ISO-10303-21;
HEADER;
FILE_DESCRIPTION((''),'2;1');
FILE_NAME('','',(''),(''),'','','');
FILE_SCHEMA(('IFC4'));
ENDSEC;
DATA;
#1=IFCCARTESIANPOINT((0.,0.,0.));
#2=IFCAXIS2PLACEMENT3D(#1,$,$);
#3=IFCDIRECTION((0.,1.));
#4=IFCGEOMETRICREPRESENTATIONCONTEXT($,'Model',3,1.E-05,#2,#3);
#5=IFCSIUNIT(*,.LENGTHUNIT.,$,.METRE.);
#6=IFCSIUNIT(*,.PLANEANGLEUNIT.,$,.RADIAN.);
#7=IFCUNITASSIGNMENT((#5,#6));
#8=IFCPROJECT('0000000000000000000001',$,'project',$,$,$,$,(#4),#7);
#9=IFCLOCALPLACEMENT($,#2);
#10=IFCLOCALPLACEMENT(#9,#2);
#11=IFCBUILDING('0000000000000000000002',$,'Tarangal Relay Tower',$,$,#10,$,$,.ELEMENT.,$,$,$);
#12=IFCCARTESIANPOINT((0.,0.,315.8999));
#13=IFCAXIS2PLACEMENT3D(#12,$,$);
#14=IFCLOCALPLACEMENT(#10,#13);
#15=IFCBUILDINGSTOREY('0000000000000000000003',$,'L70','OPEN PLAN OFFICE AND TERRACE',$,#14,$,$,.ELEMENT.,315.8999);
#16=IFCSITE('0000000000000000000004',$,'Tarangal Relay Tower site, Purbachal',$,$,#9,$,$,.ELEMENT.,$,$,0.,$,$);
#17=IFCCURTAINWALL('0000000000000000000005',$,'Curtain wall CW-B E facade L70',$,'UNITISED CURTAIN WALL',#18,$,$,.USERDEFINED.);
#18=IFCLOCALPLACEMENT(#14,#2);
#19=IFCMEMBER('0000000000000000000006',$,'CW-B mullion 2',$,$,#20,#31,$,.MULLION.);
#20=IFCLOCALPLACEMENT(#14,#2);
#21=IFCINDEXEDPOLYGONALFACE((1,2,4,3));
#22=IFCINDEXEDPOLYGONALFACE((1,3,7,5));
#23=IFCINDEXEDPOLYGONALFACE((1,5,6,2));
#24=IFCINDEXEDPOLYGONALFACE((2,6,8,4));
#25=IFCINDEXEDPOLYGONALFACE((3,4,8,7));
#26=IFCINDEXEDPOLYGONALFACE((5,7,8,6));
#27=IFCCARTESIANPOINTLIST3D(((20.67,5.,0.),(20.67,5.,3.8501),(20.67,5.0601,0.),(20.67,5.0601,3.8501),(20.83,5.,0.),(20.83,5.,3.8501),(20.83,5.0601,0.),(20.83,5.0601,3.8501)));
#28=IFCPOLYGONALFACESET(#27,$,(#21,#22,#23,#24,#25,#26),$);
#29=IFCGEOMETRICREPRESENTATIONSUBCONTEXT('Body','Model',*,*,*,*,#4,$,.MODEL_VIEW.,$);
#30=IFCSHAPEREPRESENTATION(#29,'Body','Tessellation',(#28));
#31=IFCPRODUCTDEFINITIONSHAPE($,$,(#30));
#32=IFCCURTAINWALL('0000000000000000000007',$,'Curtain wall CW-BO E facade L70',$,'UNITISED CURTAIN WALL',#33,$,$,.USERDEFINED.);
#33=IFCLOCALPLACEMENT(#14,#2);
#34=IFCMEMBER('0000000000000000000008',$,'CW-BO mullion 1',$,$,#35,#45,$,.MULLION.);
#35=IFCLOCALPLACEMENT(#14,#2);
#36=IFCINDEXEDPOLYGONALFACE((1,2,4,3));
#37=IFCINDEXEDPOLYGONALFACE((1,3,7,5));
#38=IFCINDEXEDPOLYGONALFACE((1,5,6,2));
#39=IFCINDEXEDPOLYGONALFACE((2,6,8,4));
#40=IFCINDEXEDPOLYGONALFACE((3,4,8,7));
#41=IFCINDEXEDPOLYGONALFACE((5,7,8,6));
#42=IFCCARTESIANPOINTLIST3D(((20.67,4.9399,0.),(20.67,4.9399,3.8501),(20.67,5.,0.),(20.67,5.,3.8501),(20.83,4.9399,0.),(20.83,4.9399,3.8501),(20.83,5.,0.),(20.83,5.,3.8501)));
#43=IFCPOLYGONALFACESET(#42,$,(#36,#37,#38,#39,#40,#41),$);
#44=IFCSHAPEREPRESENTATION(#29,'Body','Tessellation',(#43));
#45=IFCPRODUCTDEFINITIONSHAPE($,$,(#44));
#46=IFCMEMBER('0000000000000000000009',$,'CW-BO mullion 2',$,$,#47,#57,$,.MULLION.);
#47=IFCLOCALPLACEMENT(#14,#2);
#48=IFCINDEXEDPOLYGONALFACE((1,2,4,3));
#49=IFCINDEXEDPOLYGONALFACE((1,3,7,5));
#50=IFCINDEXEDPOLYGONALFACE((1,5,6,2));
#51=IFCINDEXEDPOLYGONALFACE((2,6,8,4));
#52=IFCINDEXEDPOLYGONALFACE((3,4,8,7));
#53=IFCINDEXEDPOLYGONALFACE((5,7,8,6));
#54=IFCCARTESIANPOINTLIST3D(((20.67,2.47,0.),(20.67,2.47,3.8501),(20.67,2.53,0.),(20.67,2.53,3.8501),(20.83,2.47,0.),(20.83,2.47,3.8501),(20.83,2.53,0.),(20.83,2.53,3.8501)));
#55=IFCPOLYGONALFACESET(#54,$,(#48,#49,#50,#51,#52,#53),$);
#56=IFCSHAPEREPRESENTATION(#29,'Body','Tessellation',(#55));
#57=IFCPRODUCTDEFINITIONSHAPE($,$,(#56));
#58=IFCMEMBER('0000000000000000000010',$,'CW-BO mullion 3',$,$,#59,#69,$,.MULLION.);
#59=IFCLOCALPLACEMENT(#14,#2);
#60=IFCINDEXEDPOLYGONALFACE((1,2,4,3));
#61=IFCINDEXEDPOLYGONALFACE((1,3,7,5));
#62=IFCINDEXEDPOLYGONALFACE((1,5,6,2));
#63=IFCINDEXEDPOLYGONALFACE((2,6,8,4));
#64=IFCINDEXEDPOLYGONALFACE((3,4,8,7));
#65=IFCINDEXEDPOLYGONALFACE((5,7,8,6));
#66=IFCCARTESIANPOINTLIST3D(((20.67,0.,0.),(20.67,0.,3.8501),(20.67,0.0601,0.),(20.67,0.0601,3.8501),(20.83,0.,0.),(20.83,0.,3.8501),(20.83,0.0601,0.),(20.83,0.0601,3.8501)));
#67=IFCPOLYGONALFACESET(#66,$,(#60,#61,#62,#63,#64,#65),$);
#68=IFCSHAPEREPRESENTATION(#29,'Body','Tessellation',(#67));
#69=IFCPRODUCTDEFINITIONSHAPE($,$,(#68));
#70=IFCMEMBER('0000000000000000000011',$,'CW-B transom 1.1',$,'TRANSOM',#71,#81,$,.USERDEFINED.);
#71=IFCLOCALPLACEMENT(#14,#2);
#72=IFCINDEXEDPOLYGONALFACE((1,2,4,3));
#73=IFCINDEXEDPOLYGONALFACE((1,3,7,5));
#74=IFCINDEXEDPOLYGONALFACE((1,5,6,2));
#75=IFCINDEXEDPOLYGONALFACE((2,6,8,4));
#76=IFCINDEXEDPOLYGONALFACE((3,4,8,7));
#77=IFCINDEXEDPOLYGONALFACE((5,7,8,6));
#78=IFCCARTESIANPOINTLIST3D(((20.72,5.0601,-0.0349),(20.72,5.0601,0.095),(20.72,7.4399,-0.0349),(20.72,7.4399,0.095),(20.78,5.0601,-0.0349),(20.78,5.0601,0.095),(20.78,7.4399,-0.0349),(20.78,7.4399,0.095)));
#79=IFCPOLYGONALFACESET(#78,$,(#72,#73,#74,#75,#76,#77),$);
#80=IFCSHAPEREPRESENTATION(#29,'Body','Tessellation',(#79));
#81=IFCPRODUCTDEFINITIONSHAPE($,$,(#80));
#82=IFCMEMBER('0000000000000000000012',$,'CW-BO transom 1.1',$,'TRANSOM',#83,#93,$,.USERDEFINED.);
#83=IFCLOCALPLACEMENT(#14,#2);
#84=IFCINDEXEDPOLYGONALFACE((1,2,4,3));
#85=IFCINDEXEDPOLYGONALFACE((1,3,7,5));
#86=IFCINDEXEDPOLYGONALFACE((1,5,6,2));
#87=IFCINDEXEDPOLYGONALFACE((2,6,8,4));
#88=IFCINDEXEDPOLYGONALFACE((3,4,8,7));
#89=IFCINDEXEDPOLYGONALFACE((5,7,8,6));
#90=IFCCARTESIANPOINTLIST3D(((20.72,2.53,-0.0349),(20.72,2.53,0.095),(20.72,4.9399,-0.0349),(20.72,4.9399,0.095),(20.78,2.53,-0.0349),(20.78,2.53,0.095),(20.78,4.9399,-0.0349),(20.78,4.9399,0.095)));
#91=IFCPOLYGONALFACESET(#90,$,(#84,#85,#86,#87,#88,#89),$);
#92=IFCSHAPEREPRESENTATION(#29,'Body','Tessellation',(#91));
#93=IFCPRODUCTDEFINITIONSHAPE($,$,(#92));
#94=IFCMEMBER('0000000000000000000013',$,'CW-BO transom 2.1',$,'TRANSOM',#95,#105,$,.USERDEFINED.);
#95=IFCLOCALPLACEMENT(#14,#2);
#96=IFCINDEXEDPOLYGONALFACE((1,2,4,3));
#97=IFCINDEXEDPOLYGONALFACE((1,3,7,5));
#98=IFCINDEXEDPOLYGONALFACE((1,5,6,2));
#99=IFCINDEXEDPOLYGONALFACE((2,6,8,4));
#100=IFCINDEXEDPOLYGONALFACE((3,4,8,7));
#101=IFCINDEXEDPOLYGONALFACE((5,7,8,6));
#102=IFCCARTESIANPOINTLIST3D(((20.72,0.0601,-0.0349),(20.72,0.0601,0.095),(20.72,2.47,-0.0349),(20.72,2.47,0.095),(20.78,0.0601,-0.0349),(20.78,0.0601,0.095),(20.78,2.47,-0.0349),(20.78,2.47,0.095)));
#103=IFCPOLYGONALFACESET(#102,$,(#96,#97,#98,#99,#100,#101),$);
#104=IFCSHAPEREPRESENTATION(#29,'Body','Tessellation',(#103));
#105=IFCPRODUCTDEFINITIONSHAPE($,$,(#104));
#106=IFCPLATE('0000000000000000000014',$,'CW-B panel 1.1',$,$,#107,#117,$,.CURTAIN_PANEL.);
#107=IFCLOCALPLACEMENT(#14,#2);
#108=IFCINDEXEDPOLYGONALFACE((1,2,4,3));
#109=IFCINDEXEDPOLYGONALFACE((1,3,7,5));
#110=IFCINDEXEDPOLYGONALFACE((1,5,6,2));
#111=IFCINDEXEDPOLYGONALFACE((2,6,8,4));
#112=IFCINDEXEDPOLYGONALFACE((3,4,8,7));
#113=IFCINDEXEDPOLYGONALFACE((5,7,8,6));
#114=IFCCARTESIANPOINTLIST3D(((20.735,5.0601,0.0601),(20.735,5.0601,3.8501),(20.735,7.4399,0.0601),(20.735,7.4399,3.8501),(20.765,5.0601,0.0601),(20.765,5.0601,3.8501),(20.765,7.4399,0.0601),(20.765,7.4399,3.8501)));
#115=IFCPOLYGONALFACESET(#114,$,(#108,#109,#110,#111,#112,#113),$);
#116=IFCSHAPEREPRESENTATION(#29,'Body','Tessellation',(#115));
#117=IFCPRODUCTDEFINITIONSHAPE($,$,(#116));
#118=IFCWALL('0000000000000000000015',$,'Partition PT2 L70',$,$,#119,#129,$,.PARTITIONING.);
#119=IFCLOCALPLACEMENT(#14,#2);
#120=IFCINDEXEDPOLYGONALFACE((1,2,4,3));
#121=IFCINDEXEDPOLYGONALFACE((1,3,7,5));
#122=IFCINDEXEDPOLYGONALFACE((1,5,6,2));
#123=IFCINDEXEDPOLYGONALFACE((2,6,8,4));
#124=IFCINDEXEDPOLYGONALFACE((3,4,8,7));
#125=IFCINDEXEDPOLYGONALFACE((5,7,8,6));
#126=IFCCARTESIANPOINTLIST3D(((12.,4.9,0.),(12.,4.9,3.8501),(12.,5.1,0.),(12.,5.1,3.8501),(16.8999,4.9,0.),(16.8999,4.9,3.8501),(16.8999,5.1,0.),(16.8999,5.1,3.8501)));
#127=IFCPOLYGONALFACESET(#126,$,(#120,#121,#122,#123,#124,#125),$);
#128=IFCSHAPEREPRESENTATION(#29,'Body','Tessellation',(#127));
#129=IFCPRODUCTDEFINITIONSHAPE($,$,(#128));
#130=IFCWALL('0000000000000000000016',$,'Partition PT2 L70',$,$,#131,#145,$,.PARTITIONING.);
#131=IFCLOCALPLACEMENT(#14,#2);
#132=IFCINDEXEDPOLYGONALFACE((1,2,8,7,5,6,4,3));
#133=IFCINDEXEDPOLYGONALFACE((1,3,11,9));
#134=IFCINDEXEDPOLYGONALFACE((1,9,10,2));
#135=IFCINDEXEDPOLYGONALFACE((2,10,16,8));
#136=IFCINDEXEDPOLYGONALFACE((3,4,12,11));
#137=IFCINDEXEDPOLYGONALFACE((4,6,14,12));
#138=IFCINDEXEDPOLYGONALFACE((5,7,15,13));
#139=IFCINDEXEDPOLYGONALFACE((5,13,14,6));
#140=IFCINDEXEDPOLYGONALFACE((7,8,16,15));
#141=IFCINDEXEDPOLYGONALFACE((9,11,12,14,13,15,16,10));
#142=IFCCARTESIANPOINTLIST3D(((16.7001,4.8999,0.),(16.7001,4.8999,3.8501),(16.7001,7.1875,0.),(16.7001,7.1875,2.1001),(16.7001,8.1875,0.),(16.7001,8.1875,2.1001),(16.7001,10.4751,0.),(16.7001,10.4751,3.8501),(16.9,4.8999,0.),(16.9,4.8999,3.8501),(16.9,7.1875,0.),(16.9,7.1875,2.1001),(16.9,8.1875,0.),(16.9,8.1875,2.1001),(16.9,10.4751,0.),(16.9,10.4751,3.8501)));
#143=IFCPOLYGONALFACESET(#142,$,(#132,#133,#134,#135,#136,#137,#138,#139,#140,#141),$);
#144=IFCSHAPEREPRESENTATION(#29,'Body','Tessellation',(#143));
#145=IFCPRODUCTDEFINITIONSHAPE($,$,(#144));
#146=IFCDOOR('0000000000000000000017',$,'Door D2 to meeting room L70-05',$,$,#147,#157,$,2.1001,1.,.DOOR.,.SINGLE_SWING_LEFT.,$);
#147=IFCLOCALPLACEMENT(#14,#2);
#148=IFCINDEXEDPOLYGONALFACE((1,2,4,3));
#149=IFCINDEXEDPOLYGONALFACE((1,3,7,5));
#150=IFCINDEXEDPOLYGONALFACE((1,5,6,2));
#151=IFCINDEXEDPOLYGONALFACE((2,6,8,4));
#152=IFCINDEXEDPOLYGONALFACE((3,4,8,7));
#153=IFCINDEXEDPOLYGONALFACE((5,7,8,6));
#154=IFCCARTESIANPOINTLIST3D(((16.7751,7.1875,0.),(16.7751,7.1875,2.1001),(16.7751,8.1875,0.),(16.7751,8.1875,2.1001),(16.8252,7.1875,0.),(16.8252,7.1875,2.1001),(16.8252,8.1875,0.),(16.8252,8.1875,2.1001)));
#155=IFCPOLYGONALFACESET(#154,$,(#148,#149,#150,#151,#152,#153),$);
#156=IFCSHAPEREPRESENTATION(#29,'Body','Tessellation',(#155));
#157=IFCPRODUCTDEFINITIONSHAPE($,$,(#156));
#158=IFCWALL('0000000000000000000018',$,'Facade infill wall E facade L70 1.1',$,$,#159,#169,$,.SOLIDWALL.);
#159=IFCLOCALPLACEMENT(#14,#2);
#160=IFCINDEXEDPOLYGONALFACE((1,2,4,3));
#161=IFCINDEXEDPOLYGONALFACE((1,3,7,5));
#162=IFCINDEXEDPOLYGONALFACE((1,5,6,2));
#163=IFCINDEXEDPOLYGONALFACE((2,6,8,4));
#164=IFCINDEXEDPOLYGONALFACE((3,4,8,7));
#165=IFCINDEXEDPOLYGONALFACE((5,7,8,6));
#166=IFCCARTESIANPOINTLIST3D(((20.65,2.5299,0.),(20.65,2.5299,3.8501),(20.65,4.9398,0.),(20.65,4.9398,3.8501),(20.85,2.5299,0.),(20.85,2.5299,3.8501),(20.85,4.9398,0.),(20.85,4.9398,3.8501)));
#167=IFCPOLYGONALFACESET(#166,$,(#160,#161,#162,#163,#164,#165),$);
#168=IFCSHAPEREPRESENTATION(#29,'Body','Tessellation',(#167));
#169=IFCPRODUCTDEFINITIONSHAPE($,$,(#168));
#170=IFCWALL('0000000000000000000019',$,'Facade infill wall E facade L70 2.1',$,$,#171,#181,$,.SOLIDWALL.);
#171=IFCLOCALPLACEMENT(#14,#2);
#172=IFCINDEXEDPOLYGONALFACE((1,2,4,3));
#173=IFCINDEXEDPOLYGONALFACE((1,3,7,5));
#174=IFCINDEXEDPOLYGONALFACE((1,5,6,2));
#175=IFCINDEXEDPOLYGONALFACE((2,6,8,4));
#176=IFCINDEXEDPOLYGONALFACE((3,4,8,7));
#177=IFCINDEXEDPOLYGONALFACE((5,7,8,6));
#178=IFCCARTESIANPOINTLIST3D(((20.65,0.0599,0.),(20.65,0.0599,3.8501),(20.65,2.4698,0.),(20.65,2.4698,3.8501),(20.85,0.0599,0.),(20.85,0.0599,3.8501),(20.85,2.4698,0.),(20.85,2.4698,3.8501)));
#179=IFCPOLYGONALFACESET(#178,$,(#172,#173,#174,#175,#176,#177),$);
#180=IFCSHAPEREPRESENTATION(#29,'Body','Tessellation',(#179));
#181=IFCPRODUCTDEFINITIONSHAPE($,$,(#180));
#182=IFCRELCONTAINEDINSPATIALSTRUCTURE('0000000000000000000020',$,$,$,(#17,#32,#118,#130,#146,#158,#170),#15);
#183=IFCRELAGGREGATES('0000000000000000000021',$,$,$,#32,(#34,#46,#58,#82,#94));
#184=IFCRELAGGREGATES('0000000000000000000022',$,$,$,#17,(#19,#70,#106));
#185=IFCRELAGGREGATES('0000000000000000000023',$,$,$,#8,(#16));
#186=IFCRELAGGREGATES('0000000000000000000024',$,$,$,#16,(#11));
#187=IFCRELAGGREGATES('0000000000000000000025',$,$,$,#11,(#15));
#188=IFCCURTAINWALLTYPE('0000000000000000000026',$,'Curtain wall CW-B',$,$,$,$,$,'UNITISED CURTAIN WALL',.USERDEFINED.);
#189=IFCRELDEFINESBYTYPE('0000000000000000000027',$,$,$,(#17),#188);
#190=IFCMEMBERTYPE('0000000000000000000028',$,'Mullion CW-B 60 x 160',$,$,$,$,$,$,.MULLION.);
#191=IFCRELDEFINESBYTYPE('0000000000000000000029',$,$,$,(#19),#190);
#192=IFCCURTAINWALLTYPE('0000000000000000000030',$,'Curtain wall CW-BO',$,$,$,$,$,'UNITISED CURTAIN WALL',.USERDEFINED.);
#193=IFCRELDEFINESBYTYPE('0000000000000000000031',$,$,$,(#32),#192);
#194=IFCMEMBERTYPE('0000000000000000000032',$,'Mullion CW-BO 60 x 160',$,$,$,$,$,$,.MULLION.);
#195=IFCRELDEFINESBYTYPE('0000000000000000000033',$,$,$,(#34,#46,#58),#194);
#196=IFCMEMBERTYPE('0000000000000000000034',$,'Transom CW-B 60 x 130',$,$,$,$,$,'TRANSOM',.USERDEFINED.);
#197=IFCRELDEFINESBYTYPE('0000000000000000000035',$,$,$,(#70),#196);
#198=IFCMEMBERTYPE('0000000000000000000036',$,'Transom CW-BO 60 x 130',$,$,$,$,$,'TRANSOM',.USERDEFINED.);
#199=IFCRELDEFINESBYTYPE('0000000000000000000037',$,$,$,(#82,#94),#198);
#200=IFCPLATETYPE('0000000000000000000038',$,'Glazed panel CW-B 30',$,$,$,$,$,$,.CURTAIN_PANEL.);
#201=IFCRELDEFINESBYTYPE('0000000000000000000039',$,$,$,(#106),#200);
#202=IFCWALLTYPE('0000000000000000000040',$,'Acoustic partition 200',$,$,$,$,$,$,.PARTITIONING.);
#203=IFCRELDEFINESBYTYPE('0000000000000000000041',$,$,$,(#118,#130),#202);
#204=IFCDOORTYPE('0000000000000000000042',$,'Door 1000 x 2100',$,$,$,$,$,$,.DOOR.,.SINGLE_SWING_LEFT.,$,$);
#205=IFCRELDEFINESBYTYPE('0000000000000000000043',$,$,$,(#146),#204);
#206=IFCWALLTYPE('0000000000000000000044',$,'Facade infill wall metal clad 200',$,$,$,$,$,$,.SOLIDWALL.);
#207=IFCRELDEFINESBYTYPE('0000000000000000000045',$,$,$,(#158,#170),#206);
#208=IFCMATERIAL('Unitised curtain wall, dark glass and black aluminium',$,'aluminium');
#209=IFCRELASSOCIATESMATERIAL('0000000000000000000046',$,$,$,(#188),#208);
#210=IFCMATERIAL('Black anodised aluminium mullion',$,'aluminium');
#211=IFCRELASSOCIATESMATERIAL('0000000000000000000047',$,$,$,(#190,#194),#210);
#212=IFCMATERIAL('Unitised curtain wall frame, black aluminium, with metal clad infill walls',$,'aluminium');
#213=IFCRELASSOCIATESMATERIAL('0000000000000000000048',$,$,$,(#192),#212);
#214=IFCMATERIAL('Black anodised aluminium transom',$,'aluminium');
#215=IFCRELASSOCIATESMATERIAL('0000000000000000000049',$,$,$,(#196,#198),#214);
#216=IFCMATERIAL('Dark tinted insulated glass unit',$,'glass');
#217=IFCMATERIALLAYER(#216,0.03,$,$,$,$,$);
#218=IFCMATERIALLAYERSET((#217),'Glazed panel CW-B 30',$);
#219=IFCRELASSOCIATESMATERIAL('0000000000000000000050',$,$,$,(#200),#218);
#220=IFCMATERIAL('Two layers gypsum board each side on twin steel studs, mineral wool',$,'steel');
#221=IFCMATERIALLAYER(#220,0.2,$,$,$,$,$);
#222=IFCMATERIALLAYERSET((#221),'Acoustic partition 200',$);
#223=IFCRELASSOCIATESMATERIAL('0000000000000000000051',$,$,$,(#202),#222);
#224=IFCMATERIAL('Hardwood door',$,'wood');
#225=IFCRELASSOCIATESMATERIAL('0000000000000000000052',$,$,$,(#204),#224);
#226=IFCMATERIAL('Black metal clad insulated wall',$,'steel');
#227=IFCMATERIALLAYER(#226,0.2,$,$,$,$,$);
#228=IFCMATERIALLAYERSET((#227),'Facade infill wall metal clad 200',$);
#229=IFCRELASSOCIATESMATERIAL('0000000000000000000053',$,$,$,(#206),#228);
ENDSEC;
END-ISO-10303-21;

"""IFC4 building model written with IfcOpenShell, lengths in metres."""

from ifc_helpers import new_model, si_unit, direction, frame, frame_2d, origin, origin_2d, place, context, subcontext, project, spatial, rectangle, extrude, material, layer, layer_set, material_profile, profile_set, type_object, element, fill, aggregate, save


model = new_model("IFC4")

# Units and contexts
model_context = context("Model", 3, precision=1e-05, world=origin(), true_north=direction((0.0, 1.0)))
body_context = subcontext(model_context, "Body", "Model", "MODEL_VIEW")
ifc_project = project(units=[si_unit("LENGTHUNIT", "METRE"), si_unit("PLANEANGLEUNIT", "RADIAN")], contexts=[model_context])

# Site, building, storey
site_placement = place(None, origin())
site = spatial("IfcSite", under=ifc_project, at=site_placement, Name="Tarangal Relay Tower site, Purbachal", CompositionType="ELEMENT", RefElevation=0.0)
building_placement = place(site_placement, origin())
building = spatial("IfcBuilding", under=site, at=building_placement, Name="Tarangal Relay Tower", CompositionType="ELEMENT")
storey_placement = place(building_placement, frame((0.0, 0.0, 315.8999)))
storey = spatial("IfcBuildingStorey", under=building, at=storey_placement, Name="L70", Description="OPEN PLAN OFFICE AND TERRACE", CompositionType="ELEMENT", Elevation=315.8999)

# Curtain walls, members
ifc_material_1 = material(Name="Unitised curtain wall, dark glass and black aluminium", Category="aluminium")
curtain_wall_type_1 = type_object("IfcCurtainWallType", Name="Curtain wall CW-B", ElementType="UNITISED CURTAIN WALL", PredefinedType="USERDEFINED", material=ifc_material_1)
curtain_wall_1_placement = place(storey_placement, origin())
curtain_wall_1 = element("IfcCurtainWall", 1, at=curtain_wall_1_placement, inside=storey, type_object=curtain_wall_type_1, Name="Curtain wall CW-B E facade L70", ObjectType="UNITISED CURTAIN WALL", PredefinedType="USERDEFINED")
ifc_material_2 = material(Name="Black anodised aluminium mullion", Category="aluminium")
ifc_material_profile_1 = material_profile(ifc_material_2, rectangle(XDim=0.1599, YDim=0.0601, at=origin_2d()), Name="CW-BM 60X160")
ifc_profile_set_1 = profile_set([ifc_material_profile_1], Name="Black anodised aluminium mullion")
member_type_1 = type_object("IfcMemberType", Name="Mullion CW-B 60 x 160", PredefinedType="MULLION", material=ifc_profile_set_1)
member_1_placement = place(storey_placement, frame((20.75, 5.03, 0.0), z_axis=(0.0, 0.0, 1.0), x_axis=(1.0, 0.0, 0.0)))
member_1 = element("IfcMember", 2, at=member_1_placement, type_object=member_type_1, Name="CW-B mullion 2", PredefinedType="MULLION", context=body_context, shape_type="SweptSolid", body=[
    extrude(rectangle(XDim=0.1599, YDim=0.0601, at=origin_2d()), origin(), (0.0, 0.0, 1.0), 3.8501),
])
ifc_material_3 = material(Name="Unitised curtain wall frame, black aluminium, with metal clad infill walls", Category="aluminium")
curtain_wall_type_2 = type_object("IfcCurtainWallType", Name="Curtain wall CW-BO", ElementType="UNITISED CURTAIN WALL", PredefinedType="USERDEFINED", material=ifc_material_3)
curtain_wall_2_placement = place(storey_placement, origin())
curtain_wall_2 = element("IfcCurtainWall", 3, at=curtain_wall_2_placement, inside=storey, type_object=curtain_wall_type_2, Name="Curtain wall CW-BO E facade L70", ObjectType="UNITISED CURTAIN WALL", PredefinedType="USERDEFINED")
ifc_material_profile_2 = material_profile(ifc_material_2, rectangle(XDim=0.1599, YDim=0.0601, at=origin_2d()), Name="CW-BOM 60X160")
ifc_profile_set_2 = profile_set([ifc_material_profile_2], Name="Black anodised aluminium mullion")
member_type_2 = type_object("IfcMemberType", Name="Mullion CW-BO 60 x 160", PredefinedType="MULLION", material=ifc_profile_set_2)
member_2_placement = place(storey_placement, frame((20.75, 4.97, 0.0), z_axis=(0.0, 0.0, 1.0), x_axis=(1.0, 0.0, 0.0)))
member_2 = element("IfcMember", 4, at=member_2_placement, type_object=member_type_2, Name="CW-BO mullion 1", PredefinedType="MULLION", context=body_context, shape_type="SweptSolid", body=[
    extrude(rectangle(XDim=0.1599, YDim=0.0601, at=origin_2d()), origin(), (0.0, 0.0, 1.0), 3.8501),
])
member_3_placement = place(storey_placement, frame((20.75, 2.5, 0.0), z_axis=(0.0, 0.0, 1.0), x_axis=(1.0, 0.0, 0.0)))
member_3 = element("IfcMember", 5, at=member_3_placement, type_object=member_type_2, Name="CW-BO mullion 2", PredefinedType="MULLION", context=body_context, shape_type="SweptSolid", body=[
    extrude(rectangle(XDim=0.1599, YDim=0.0601, at=origin_2d()), origin(), (0.0, 0.0, 1.0), 3.8501),
])
member_4_placement = place(storey_placement, frame((20.75, 0.03, 0.0), z_axis=(0.0, 0.0, 1.0), x_axis=(1.0, 0.0, 0.0)))
member_4 = element("IfcMember", 6, at=member_4_placement, type_object=member_type_2, Name="CW-BO mullion 3", PredefinedType="MULLION", context=body_context, shape_type="SweptSolid", body=[
    extrude(rectangle(XDim=0.1599, YDim=0.0601, at=origin_2d()), origin(), (0.0, 0.0, 1.0), 3.8501),
])

# Members
ifc_material_4 = material(Name="Black anodised aluminium transom", Category="aluminium")
ifc_material_profile_3 = material_profile(ifc_material_4, rectangle(XDim=0.0601, YDim=0.1299, at=origin_2d()), Name="CW-BT 60X130")
ifc_profile_set_3 = profile_set([ifc_material_profile_3], Name="Black anodised aluminium transom")
member_type_3 = type_object("IfcMemberType", Name="Transom CW-B 60 x 130", ElementType="TRANSOM", PredefinedType="USERDEFINED", material=ifc_profile_set_3)
member_5_placement = place(storey_placement, frame((20.75, 7.4399, 0.03), z_axis=(0.0, -1.0, 0.0), x_axis=(1.0, 0.0, 0.0)))
member_5 = element("IfcMember", 7, at=member_5_placement, type_object=member_type_3, Name="CW-B transom 1.1", ObjectType="TRANSOM", PredefinedType="USERDEFINED", context=body_context, shape_type="SweptSolid", body=[
    extrude(rectangle(XDim=0.0601, YDim=0.1299, at=origin_2d()), origin(), (0.0, 0.0, 1.0), 2.3799),
])
ifc_material_profile_4 = material_profile(ifc_material_4, rectangle(XDim=0.0601, YDim=0.1299, at=origin_2d()), Name="CW-BOT 60X130")
ifc_profile_set_4 = profile_set([ifc_material_profile_4], Name="Black anodised aluminium transom")
member_type_4 = type_object("IfcMemberType", Name="Transom CW-BO 60 x 130", ElementType="TRANSOM", PredefinedType="USERDEFINED", material=ifc_profile_set_4)
member_6_placement = place(storey_placement, frame((20.75, 4.9399, 0.03), z_axis=(0.0, -1.0, 0.0), x_axis=(1.0, 0.0, 0.0)))
member_6 = element("IfcMember", 8, at=member_6_placement, type_object=member_type_4, Name="CW-BO transom 1.1", ObjectType="TRANSOM", PredefinedType="USERDEFINED", context=body_context, shape_type="SweptSolid", body=[
    extrude(rectangle(XDim=0.0601, YDim=0.1299, at=origin_2d()), origin(), (0.0, 0.0, 1.0), 2.4099),
])
member_7_placement = place(storey_placement, frame((20.75, 2.47, 0.03), z_axis=(0.0, -1.0, 0.0), x_axis=(1.0, 0.0, 0.0)))
member_7 = element("IfcMember", 9, at=member_7_placement, type_object=member_type_4, Name="CW-BO transom 2.1", ObjectType="TRANSOM", PredefinedType="USERDEFINED", context=body_context, shape_type="SweptSolid", body=[
    extrude(rectangle(XDim=0.0601, YDim=0.1299, at=origin_2d()), origin(), (0.0, 0.0, 1.0), 2.4099),
])
aggregate(curtain_wall_2, [member_2, member_3, member_4, member_6, member_7])

# Plate
ifc_material_5 = material(Name="Dark tinted insulated glass unit", Category="glass")
ifc_layer_1 = layer(ifc_material_5, 0.03)
ifc_layer_set_1 = layer_set([ifc_layer_1], Name="Glazed panel CW-B 30")
plate_type = type_object("IfcPlateType", Name="Glazed panel CW-B 30", PredefinedType="CURTAIN_PANEL", material=ifc_layer_set_1)
plate_placement = place(storey_placement, frame((20.75, 6.25, 0.0601), z_axis=(0.0, 0.0, 1.0), x_axis=(0.0, -1.0, 0.0)))
plate = element("IfcPlate", 10, at=plate_placement, type_object=plate_type, Name="CW-B panel 1.1", PredefinedType="CURTAIN_PANEL", context=body_context, shape_type="SweptSolid", body=[
    extrude(rectangle(XDim=2.3799, YDim=0.03, at=origin_2d()), origin(), (0.0, 0.0, 1.0), 3.79),
])
aggregate(curtain_wall_1, [member_1, member_5, plate])

# Wall
ifc_material_6 = material(Name="Two layers gypsum board each side on twin steel studs, mineral wool", Category="steel")
ifc_layer_2 = layer(ifc_material_6, 0.2)
ifc_layer_set_2 = layer_set([ifc_layer_2], Name="Acoustic partition 200")
wall_type_1 = type_object("IfcWallType", Name="Acoustic partition 200", PredefinedType="PARTITIONING", material=ifc_layer_set_2)
wall_1_placement = place(storey_placement, frame((12.0, 5.0, 0.0), z_axis=(0.0, 0.0, 1.0), x_axis=(1.0, 0.0, 0.0)))
element("IfcWall", 11, at=wall_1_placement, inside=storey, type_object=wall_type_1, Name="Partition PT2 L70", PredefinedType="PARTITIONING", context=body_context, shape_type="SweptSolid", body=[
    extrude(rectangle(XDim=4.8999, YDim=0.2, at=frame_2d((2.45, 0.0))), origin(), (0.0, 0.0, 1.0), 3.8501),
])

# Wall, opening, door
wall_2_placement = place(storey_placement, frame((16.8, 4.8999, 0.0), z_axis=(0.0, 0.0, 1.0), x_axis=(0.0, 1.0, 0.0)))
wall_2 = element("IfcWall", 12, at=wall_2_placement, inside=storey, type_object=wall_type_1, Name="Partition PT2 L70", PredefinedType="PARTITIONING", context=body_context, shape_type="SweptSolid", body=[
    extrude(rectangle(XDim=5.5752, YDim=0.2, at=frame_2d((2.7876, 0.0))), origin(), (0.0, 0.0, 1.0), 3.8501),
])
opening_1_placement = place(wall_2_placement, frame((2.2876, 0.0, 0.0)))
opening_1 = element("IfcOpeningElement", 13, at=opening_1_placement, cuts=wall_2, PredefinedType="OPENING", context=body_context, shape_type="SweptSolid", body=[
    extrude(rectangle(XDim=1.0, YDim=2.1001, at=frame_2d((0.5, 1.05))), frame((0.0, 0.1099, 0.0), z_axis=(0.0, -1.0, 0.0), x_axis=(1.0, 0.0, 0.0)), (0.0, 0.0, 1.0), 0.22),
])
ifc_material_7 = material(Name="Hardwood door", Category="wood")
door_type_1 = type_object("IfcDoorType", Name="Door 1000 x 2100", OperationType="SINGLE_SWING_LEFT", PredefinedType="DOOR", material=ifc_material_7)
door_1_placement = place(opening_1_placement, origin())
door_1 = element("IfcDoor", 14, at=door_1_placement, inside=storey, type_object=door_type_1, Name="Door D2 to meeting room L70-05", OperationType="SINGLE_SWING_LEFT", OverallHeight=2.1001, OverallWidth=1.0, PredefinedType="DOOR", context=body_context, shape_type="SweptSolid", body=[
    extrude(rectangle(XDim=1.0, YDim=2.1001, at=frame_2d((0.5, 1.05))), frame((0.0, 0.0249, 0.0), z_axis=(0.0, -1.0, 0.0), x_axis=(1.0, 0.0, 0.0)), (0.0, 0.0, 1.0), 0.05),
])
fill(opening_1, door_1)

# Walls
ifc_material_8 = material(Name="Black metal clad insulated wall", Category="steel")
ifc_layer_3 = layer(ifc_material_8, 0.2)
ifc_layer_set_3 = layer_set([ifc_layer_3], Name="Facade infill wall metal clad 200")
wall_type_2 = type_object("IfcWallType", Name="Facade infill wall metal clad 200", PredefinedType="SOLIDWALL", material=ifc_layer_set_3)
for number, where, z_axis, x_axis, name in (
    (15, (20.75, 4.9399, 0.0), (0.0, 0.0, 1.0), (0.0, -1.0, 0.0), "Facade infill wall E facade L70 1.1"),
    (16, (20.75, 2.47, 0.0), (0.0, 0.0, 1.0), (0.0, -1.0, 0.0), "Facade infill wall E facade L70 2.1"),
):
    element("IfcWall", number, at=place(storey_placement, frame(where, z_axis=z_axis, x_axis=x_axis)), inside=storey, type_object=wall_type_2, Name=name, PredefinedType="SOLIDWALL", context=body_context, shape_type="SweptSolid", body=[
        extrude(rectangle(XDim=2.4099, YDim=0.2, at=frame_2d((1.2051, 0.0))), origin(), (0.0, 0.0, 1.0), 3.8501),
    ])

save(model, "model.ifc")
